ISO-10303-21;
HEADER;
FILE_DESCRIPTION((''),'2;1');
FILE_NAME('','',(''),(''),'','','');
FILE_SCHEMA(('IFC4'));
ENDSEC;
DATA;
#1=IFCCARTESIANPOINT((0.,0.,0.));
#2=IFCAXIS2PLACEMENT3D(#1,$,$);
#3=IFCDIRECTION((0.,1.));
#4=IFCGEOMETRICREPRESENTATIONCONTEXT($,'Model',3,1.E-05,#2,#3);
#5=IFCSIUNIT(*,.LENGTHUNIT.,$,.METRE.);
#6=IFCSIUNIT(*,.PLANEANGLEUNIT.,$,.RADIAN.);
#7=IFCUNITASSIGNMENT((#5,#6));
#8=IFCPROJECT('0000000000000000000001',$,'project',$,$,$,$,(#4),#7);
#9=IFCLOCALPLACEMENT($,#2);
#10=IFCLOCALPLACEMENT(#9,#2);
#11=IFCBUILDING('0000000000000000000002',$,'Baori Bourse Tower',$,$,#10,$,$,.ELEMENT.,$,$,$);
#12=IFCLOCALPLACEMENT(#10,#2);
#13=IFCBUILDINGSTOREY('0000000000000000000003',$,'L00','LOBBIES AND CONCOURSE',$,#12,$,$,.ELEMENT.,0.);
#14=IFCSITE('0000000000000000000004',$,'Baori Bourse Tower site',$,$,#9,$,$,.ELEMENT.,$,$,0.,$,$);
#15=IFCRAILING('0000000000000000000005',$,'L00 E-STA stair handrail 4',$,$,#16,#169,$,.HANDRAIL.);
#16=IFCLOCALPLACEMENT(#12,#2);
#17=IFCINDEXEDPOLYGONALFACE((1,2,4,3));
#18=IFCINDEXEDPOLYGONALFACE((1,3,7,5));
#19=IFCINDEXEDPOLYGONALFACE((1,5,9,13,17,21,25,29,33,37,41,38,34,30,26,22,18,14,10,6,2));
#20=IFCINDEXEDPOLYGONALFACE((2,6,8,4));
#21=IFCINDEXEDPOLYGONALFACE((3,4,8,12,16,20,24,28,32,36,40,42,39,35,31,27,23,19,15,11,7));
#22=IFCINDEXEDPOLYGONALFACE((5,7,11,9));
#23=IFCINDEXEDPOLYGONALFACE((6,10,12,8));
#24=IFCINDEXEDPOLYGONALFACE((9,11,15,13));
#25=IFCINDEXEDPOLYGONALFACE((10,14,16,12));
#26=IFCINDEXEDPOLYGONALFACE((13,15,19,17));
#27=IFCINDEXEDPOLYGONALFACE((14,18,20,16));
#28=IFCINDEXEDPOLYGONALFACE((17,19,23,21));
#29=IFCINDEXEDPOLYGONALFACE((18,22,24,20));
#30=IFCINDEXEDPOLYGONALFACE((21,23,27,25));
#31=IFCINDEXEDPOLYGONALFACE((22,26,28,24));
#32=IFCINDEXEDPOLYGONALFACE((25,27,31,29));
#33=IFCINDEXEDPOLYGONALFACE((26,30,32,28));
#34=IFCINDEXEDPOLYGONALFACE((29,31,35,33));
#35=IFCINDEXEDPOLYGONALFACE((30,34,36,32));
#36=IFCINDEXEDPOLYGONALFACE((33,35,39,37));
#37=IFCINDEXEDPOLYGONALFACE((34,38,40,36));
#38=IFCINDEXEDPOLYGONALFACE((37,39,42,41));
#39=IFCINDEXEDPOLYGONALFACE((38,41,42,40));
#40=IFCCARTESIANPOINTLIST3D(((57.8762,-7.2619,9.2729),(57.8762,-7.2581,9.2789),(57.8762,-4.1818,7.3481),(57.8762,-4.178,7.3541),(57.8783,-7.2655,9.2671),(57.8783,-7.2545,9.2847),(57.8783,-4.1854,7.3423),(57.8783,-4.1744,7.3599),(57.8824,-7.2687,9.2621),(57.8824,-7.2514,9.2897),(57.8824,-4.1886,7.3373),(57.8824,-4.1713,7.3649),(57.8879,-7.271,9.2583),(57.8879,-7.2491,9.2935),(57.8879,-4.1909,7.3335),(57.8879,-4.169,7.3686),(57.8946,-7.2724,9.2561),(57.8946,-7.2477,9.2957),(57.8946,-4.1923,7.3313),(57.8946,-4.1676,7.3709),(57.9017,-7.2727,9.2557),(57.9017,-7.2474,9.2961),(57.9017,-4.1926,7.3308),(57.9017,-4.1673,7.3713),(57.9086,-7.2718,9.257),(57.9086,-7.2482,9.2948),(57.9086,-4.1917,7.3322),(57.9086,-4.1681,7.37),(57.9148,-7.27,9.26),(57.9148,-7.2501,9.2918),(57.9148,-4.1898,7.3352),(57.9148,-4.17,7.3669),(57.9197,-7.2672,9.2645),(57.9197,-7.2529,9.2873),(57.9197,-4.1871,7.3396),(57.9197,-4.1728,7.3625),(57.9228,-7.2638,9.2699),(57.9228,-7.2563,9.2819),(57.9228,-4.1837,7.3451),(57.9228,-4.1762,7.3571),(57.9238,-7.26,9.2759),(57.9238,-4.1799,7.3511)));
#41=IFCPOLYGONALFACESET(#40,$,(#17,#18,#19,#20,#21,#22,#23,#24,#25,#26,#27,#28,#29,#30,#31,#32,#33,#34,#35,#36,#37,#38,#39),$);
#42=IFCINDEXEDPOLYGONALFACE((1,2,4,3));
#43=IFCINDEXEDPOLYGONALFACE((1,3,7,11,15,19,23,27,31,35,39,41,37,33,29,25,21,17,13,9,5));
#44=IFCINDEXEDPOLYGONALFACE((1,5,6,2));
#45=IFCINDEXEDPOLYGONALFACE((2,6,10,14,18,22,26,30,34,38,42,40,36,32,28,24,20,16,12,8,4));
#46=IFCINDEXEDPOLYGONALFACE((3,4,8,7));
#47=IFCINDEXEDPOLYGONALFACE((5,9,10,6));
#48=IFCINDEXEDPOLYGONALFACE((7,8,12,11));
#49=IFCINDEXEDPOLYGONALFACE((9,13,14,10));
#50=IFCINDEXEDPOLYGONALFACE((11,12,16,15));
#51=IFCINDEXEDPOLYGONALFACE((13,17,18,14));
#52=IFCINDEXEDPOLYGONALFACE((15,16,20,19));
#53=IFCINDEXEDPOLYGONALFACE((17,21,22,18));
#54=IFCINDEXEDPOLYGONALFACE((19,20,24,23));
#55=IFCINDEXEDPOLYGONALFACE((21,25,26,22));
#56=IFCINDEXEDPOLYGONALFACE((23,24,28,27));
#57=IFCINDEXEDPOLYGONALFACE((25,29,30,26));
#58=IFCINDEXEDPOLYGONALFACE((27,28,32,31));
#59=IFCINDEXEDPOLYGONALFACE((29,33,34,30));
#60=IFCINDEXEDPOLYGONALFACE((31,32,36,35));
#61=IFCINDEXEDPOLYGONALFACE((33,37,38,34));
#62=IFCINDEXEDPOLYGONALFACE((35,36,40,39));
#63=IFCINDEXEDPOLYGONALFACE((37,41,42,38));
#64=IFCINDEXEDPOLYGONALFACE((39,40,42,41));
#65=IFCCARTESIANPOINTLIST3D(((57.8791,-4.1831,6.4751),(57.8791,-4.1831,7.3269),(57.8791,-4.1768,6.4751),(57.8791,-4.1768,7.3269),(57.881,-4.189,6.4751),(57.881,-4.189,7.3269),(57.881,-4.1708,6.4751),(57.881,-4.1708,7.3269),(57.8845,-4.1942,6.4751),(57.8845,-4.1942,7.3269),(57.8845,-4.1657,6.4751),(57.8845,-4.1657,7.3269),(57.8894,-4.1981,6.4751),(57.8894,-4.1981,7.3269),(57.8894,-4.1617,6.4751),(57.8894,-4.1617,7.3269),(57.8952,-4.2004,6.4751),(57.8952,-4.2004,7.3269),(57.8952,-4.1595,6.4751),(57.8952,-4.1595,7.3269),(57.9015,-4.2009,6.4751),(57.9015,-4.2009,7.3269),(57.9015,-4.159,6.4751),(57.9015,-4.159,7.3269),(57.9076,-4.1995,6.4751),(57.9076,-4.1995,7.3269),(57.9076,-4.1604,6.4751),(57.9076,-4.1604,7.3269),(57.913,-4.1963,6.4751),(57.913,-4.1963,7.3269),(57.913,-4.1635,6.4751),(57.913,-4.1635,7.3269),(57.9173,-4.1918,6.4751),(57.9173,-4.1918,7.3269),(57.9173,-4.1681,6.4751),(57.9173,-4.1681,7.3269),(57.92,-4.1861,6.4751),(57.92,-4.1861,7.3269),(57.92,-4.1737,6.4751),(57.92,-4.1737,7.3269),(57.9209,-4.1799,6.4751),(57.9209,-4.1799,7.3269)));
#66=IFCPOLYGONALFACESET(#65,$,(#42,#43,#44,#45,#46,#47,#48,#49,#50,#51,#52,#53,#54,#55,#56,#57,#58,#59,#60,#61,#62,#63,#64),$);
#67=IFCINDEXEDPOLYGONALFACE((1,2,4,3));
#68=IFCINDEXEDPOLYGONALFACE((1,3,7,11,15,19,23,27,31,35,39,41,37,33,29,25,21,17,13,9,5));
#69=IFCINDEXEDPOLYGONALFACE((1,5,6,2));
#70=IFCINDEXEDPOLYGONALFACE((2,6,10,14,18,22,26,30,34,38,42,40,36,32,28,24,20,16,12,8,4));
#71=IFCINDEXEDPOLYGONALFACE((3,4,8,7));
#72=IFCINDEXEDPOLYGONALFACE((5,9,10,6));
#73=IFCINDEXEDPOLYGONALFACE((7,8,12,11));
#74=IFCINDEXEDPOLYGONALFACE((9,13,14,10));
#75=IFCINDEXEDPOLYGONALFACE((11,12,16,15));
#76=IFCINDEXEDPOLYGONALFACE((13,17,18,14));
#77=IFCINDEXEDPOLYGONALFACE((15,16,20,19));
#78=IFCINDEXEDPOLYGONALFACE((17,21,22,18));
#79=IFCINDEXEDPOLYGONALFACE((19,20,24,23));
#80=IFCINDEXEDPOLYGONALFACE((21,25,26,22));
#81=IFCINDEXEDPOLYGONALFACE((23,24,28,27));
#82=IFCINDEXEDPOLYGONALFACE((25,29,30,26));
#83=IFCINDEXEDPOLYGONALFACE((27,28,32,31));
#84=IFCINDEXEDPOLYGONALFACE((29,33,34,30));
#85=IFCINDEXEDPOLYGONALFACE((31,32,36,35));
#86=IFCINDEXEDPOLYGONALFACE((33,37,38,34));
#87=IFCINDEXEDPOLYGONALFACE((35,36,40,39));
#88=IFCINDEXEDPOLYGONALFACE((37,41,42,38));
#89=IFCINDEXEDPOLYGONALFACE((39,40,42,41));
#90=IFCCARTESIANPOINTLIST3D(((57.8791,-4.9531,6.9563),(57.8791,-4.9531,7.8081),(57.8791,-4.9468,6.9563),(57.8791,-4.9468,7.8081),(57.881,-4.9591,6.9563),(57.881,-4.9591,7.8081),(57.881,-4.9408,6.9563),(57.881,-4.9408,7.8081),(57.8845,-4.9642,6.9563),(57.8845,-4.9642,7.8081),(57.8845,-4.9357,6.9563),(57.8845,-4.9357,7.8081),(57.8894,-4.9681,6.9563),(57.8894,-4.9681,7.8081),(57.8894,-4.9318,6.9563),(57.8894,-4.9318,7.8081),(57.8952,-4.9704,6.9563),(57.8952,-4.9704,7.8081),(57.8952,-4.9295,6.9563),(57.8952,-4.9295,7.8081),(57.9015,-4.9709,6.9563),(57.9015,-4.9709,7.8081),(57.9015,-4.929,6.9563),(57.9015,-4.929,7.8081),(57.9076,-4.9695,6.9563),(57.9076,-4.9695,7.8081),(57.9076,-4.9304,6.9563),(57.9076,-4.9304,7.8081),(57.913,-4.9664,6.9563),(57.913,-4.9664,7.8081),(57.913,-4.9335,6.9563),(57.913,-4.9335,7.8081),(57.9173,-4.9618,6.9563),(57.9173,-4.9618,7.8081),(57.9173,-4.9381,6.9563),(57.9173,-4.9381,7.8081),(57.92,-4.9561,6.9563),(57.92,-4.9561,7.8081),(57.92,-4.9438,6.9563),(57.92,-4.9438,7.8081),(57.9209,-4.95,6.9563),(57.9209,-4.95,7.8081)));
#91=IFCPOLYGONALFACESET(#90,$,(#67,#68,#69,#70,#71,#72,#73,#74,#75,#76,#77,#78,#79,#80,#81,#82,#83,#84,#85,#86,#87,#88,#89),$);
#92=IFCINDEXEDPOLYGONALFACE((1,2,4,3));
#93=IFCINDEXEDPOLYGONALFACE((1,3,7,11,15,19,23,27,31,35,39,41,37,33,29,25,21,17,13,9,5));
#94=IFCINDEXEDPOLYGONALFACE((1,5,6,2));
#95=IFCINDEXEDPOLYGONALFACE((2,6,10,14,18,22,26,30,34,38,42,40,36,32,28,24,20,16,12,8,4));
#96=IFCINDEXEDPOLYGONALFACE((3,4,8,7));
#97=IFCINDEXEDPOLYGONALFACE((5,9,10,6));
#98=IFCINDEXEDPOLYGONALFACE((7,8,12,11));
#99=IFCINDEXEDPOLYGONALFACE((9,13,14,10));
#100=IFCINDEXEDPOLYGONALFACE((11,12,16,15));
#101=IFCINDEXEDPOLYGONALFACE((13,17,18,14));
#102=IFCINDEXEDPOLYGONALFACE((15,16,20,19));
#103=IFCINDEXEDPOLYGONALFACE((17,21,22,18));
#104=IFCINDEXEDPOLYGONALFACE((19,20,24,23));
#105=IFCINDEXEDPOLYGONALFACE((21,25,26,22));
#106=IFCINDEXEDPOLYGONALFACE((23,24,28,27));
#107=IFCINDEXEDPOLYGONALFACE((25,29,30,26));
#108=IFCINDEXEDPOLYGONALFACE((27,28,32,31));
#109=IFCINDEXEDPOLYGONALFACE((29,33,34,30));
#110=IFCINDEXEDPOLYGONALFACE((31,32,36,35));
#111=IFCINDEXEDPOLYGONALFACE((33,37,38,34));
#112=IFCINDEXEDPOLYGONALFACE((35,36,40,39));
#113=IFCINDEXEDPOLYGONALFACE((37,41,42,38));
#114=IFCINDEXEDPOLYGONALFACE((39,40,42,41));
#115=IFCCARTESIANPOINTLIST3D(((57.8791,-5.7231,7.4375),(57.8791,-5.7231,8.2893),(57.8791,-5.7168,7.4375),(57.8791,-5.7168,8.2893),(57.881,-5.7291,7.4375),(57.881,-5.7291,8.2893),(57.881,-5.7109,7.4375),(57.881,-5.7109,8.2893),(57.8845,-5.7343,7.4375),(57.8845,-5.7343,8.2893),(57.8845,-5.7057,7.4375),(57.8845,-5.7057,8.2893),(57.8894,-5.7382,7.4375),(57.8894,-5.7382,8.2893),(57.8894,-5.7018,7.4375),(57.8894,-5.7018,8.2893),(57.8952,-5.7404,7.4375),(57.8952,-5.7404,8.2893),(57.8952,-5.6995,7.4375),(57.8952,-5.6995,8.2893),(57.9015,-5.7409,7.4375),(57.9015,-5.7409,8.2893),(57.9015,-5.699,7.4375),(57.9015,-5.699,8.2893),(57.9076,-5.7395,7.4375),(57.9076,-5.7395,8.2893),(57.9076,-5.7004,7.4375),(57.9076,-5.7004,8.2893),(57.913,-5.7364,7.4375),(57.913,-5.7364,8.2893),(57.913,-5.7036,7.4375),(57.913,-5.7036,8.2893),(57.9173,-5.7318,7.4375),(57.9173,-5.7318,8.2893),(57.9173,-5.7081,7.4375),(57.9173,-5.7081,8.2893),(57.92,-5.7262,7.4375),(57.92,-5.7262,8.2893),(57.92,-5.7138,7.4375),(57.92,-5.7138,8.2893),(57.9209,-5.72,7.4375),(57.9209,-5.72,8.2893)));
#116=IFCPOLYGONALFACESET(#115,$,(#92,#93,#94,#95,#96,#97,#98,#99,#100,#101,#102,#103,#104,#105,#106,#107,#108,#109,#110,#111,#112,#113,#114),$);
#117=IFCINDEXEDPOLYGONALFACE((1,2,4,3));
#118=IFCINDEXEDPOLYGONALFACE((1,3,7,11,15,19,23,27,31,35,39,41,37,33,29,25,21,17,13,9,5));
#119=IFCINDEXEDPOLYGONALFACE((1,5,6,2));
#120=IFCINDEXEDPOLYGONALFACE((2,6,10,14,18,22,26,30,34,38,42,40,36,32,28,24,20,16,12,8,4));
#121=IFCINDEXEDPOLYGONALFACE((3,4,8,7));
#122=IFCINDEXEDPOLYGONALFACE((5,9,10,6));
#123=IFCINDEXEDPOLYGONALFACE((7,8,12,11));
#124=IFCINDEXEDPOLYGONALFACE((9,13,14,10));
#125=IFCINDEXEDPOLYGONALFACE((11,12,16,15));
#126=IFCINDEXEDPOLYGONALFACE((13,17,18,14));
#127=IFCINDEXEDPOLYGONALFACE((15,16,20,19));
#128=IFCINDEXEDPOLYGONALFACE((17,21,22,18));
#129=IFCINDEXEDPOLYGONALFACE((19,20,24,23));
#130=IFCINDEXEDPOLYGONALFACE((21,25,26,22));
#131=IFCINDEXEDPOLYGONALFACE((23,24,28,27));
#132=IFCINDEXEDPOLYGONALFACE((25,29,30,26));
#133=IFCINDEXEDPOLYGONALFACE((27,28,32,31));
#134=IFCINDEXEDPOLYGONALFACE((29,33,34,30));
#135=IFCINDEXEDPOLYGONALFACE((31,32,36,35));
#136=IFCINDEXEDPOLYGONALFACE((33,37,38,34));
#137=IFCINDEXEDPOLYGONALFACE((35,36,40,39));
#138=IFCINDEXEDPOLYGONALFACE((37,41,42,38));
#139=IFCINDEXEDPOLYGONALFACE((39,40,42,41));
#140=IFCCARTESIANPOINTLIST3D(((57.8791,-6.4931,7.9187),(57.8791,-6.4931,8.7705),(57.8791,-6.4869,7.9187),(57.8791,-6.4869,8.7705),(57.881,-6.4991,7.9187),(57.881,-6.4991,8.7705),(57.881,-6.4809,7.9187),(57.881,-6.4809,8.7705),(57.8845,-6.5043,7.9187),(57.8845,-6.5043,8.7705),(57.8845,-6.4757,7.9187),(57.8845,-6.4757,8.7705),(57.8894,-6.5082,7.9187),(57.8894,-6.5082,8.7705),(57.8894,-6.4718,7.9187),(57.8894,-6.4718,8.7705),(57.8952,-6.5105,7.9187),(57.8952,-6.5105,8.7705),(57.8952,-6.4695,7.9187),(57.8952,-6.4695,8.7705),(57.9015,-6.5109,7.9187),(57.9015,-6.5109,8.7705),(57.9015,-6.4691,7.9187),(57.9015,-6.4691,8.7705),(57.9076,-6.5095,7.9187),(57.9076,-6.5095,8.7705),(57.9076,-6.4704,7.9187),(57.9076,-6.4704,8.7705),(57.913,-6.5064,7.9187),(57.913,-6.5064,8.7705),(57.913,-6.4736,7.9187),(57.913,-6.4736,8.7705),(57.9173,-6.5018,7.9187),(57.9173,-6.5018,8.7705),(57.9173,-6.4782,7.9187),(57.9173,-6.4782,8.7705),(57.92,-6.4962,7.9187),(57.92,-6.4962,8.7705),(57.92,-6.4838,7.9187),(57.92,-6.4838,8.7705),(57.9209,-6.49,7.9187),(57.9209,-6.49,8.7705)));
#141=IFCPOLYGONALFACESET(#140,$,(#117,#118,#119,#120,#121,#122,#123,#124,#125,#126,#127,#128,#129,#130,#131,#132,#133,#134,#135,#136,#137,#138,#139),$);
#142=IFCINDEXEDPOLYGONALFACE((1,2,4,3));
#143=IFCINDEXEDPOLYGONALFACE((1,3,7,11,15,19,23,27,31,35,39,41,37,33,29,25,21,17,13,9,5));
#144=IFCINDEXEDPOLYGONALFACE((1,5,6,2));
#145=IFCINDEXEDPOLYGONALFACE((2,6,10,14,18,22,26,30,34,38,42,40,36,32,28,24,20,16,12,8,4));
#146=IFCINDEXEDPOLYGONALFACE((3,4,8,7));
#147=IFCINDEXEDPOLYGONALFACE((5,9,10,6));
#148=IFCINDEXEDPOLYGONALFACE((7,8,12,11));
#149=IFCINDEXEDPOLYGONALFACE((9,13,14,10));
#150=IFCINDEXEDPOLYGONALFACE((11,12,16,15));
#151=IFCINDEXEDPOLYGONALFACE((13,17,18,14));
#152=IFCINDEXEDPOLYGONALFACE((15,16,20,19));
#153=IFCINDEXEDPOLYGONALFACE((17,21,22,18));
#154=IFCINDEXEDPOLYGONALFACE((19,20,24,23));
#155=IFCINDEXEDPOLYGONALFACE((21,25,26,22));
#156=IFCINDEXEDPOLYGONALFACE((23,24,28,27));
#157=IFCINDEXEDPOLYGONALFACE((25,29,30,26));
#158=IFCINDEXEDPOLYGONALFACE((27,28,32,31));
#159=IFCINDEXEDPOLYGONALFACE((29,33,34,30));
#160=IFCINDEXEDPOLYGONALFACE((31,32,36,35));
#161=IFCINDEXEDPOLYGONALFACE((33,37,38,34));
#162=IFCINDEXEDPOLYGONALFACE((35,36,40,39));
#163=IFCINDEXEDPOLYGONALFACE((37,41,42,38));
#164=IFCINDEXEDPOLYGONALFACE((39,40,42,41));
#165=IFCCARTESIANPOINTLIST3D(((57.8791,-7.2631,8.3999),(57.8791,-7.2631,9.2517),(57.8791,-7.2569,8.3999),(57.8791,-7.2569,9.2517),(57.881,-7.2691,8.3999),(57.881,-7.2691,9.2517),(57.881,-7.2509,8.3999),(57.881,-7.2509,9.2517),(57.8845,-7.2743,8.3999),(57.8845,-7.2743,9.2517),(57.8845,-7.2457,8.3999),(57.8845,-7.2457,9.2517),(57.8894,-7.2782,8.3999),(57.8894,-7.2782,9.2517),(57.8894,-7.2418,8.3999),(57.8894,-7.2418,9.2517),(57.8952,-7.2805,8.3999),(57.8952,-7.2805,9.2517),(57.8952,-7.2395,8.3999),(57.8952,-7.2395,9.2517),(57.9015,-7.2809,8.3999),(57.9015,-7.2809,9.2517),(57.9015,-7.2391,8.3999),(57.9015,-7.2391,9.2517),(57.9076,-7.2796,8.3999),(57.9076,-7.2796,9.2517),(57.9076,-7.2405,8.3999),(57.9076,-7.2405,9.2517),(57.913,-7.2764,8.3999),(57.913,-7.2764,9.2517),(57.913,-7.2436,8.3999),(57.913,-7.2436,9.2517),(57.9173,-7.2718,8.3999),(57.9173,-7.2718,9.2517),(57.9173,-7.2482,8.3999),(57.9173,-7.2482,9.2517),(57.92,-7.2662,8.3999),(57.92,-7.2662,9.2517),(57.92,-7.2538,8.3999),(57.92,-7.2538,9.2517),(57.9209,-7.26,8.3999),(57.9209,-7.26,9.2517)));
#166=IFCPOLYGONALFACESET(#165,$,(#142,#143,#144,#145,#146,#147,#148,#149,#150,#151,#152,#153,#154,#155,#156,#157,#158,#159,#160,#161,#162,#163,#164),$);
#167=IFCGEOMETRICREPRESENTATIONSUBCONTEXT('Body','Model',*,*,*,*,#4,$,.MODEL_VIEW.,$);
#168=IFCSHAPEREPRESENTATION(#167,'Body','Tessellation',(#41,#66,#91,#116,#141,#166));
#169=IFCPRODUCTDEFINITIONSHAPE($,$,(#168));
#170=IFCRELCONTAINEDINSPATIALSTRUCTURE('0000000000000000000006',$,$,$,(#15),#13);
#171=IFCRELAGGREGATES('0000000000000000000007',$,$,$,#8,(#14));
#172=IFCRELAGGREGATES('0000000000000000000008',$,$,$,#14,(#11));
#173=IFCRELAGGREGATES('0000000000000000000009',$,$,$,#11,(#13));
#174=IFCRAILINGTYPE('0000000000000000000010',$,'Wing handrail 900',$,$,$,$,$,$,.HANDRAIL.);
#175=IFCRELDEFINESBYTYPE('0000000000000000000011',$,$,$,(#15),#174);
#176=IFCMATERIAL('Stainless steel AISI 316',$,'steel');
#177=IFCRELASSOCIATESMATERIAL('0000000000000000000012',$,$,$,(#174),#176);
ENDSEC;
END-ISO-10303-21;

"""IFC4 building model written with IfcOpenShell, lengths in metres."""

from ifc_helpers import new_model, si_unit, direction, frame, origin, origin_2d, place, context, subcontext, project, spatial, circle, extrude, material, type_object, element, save


model = new_model("IFC4")

# Units and contexts
model_context = context("Model", 3, precision=1e-05, world=origin(), true_north=direction((0.0, 1.0)))
body_context = subcontext(model_context, "Body", "Model", "MODEL_VIEW")
ifc_project = project(units=[si_unit("LENGTHUNIT", "METRE"), si_unit("PLANEANGLEUNIT", "RADIAN")], contexts=[model_context])

# Site, building, storey
site_placement = place(None, origin())
site = spatial("IfcSite", under=ifc_project, at=site_placement, Name="Baori Bourse Tower site", CompositionType="ELEMENT", RefElevation=0.0)
building_placement = place(site_placement, origin())
building = spatial("IfcBuilding", under=site, at=building_placement, Name="Baori Bourse Tower", CompositionType="ELEMENT")
storey_placement = place(building_placement, origin())
storey = spatial("IfcBuildingStorey", under=building, at=storey_placement, Name="L00", Description="LOBBIES AND CONCOURSE", CompositionType="ELEMENT", Elevation=0.0)

# Railing
ifc_material_1 = material(Name="Stainless steel AISI 316", Category="steel")
railing_type_1 = type_object("IfcRailingType", Name="Wing handrail 900", PredefinedType="HANDRAIL", material=ifc_material_1)
railing_1_placement = place(storey_placement, frame((57.8999, -4.1799, 6.4751)))
element("IfcRailing", 1, at=railing_1_placement, inside=storey, type_object=railing_type_1, Name="L00 E-STA stair handrail 4", PredefinedType="HANDRAIL", context=body_context, shape_type="SweptSolid", body=[
    extrude(circle(Radius=0.0239, at=origin_2d()), frame((0.0, 0.0, 0.876), z_axis=(0.0, -0.848029, 0.529951), x_axis=(1.0, 0.0, 0.0)), (0.0, 0.0, 1.0), 3.6321),
    extrude(circle(Radius=0.021, at=origin_2d()), origin(), (0.0, 0.0, 1.0), 0.8518),
    extrude(circle(Radius=0.021, at=origin_2d()), frame((0.0, -0.77, 0.4812)), (0.0, 0.0, 1.0), 0.8518),
    extrude(circle(Radius=0.021, at=origin_2d()), frame((0.0, -1.54, 0.9624)), (0.0, 0.0, 1.0), 0.8518),
    extrude(circle(Radius=0.021, at=origin_2d()), frame((0.0, -2.3101, 1.4436)), (0.0, 0.0, 1.0), 0.8518),
    extrude(circle(Radius=0.021, at=origin_2d()), frame((0.0, -3.0801, 1.9248)), (0.0, 0.0, 1.0), 0.8518),
])

save(model, "model.ifc")
